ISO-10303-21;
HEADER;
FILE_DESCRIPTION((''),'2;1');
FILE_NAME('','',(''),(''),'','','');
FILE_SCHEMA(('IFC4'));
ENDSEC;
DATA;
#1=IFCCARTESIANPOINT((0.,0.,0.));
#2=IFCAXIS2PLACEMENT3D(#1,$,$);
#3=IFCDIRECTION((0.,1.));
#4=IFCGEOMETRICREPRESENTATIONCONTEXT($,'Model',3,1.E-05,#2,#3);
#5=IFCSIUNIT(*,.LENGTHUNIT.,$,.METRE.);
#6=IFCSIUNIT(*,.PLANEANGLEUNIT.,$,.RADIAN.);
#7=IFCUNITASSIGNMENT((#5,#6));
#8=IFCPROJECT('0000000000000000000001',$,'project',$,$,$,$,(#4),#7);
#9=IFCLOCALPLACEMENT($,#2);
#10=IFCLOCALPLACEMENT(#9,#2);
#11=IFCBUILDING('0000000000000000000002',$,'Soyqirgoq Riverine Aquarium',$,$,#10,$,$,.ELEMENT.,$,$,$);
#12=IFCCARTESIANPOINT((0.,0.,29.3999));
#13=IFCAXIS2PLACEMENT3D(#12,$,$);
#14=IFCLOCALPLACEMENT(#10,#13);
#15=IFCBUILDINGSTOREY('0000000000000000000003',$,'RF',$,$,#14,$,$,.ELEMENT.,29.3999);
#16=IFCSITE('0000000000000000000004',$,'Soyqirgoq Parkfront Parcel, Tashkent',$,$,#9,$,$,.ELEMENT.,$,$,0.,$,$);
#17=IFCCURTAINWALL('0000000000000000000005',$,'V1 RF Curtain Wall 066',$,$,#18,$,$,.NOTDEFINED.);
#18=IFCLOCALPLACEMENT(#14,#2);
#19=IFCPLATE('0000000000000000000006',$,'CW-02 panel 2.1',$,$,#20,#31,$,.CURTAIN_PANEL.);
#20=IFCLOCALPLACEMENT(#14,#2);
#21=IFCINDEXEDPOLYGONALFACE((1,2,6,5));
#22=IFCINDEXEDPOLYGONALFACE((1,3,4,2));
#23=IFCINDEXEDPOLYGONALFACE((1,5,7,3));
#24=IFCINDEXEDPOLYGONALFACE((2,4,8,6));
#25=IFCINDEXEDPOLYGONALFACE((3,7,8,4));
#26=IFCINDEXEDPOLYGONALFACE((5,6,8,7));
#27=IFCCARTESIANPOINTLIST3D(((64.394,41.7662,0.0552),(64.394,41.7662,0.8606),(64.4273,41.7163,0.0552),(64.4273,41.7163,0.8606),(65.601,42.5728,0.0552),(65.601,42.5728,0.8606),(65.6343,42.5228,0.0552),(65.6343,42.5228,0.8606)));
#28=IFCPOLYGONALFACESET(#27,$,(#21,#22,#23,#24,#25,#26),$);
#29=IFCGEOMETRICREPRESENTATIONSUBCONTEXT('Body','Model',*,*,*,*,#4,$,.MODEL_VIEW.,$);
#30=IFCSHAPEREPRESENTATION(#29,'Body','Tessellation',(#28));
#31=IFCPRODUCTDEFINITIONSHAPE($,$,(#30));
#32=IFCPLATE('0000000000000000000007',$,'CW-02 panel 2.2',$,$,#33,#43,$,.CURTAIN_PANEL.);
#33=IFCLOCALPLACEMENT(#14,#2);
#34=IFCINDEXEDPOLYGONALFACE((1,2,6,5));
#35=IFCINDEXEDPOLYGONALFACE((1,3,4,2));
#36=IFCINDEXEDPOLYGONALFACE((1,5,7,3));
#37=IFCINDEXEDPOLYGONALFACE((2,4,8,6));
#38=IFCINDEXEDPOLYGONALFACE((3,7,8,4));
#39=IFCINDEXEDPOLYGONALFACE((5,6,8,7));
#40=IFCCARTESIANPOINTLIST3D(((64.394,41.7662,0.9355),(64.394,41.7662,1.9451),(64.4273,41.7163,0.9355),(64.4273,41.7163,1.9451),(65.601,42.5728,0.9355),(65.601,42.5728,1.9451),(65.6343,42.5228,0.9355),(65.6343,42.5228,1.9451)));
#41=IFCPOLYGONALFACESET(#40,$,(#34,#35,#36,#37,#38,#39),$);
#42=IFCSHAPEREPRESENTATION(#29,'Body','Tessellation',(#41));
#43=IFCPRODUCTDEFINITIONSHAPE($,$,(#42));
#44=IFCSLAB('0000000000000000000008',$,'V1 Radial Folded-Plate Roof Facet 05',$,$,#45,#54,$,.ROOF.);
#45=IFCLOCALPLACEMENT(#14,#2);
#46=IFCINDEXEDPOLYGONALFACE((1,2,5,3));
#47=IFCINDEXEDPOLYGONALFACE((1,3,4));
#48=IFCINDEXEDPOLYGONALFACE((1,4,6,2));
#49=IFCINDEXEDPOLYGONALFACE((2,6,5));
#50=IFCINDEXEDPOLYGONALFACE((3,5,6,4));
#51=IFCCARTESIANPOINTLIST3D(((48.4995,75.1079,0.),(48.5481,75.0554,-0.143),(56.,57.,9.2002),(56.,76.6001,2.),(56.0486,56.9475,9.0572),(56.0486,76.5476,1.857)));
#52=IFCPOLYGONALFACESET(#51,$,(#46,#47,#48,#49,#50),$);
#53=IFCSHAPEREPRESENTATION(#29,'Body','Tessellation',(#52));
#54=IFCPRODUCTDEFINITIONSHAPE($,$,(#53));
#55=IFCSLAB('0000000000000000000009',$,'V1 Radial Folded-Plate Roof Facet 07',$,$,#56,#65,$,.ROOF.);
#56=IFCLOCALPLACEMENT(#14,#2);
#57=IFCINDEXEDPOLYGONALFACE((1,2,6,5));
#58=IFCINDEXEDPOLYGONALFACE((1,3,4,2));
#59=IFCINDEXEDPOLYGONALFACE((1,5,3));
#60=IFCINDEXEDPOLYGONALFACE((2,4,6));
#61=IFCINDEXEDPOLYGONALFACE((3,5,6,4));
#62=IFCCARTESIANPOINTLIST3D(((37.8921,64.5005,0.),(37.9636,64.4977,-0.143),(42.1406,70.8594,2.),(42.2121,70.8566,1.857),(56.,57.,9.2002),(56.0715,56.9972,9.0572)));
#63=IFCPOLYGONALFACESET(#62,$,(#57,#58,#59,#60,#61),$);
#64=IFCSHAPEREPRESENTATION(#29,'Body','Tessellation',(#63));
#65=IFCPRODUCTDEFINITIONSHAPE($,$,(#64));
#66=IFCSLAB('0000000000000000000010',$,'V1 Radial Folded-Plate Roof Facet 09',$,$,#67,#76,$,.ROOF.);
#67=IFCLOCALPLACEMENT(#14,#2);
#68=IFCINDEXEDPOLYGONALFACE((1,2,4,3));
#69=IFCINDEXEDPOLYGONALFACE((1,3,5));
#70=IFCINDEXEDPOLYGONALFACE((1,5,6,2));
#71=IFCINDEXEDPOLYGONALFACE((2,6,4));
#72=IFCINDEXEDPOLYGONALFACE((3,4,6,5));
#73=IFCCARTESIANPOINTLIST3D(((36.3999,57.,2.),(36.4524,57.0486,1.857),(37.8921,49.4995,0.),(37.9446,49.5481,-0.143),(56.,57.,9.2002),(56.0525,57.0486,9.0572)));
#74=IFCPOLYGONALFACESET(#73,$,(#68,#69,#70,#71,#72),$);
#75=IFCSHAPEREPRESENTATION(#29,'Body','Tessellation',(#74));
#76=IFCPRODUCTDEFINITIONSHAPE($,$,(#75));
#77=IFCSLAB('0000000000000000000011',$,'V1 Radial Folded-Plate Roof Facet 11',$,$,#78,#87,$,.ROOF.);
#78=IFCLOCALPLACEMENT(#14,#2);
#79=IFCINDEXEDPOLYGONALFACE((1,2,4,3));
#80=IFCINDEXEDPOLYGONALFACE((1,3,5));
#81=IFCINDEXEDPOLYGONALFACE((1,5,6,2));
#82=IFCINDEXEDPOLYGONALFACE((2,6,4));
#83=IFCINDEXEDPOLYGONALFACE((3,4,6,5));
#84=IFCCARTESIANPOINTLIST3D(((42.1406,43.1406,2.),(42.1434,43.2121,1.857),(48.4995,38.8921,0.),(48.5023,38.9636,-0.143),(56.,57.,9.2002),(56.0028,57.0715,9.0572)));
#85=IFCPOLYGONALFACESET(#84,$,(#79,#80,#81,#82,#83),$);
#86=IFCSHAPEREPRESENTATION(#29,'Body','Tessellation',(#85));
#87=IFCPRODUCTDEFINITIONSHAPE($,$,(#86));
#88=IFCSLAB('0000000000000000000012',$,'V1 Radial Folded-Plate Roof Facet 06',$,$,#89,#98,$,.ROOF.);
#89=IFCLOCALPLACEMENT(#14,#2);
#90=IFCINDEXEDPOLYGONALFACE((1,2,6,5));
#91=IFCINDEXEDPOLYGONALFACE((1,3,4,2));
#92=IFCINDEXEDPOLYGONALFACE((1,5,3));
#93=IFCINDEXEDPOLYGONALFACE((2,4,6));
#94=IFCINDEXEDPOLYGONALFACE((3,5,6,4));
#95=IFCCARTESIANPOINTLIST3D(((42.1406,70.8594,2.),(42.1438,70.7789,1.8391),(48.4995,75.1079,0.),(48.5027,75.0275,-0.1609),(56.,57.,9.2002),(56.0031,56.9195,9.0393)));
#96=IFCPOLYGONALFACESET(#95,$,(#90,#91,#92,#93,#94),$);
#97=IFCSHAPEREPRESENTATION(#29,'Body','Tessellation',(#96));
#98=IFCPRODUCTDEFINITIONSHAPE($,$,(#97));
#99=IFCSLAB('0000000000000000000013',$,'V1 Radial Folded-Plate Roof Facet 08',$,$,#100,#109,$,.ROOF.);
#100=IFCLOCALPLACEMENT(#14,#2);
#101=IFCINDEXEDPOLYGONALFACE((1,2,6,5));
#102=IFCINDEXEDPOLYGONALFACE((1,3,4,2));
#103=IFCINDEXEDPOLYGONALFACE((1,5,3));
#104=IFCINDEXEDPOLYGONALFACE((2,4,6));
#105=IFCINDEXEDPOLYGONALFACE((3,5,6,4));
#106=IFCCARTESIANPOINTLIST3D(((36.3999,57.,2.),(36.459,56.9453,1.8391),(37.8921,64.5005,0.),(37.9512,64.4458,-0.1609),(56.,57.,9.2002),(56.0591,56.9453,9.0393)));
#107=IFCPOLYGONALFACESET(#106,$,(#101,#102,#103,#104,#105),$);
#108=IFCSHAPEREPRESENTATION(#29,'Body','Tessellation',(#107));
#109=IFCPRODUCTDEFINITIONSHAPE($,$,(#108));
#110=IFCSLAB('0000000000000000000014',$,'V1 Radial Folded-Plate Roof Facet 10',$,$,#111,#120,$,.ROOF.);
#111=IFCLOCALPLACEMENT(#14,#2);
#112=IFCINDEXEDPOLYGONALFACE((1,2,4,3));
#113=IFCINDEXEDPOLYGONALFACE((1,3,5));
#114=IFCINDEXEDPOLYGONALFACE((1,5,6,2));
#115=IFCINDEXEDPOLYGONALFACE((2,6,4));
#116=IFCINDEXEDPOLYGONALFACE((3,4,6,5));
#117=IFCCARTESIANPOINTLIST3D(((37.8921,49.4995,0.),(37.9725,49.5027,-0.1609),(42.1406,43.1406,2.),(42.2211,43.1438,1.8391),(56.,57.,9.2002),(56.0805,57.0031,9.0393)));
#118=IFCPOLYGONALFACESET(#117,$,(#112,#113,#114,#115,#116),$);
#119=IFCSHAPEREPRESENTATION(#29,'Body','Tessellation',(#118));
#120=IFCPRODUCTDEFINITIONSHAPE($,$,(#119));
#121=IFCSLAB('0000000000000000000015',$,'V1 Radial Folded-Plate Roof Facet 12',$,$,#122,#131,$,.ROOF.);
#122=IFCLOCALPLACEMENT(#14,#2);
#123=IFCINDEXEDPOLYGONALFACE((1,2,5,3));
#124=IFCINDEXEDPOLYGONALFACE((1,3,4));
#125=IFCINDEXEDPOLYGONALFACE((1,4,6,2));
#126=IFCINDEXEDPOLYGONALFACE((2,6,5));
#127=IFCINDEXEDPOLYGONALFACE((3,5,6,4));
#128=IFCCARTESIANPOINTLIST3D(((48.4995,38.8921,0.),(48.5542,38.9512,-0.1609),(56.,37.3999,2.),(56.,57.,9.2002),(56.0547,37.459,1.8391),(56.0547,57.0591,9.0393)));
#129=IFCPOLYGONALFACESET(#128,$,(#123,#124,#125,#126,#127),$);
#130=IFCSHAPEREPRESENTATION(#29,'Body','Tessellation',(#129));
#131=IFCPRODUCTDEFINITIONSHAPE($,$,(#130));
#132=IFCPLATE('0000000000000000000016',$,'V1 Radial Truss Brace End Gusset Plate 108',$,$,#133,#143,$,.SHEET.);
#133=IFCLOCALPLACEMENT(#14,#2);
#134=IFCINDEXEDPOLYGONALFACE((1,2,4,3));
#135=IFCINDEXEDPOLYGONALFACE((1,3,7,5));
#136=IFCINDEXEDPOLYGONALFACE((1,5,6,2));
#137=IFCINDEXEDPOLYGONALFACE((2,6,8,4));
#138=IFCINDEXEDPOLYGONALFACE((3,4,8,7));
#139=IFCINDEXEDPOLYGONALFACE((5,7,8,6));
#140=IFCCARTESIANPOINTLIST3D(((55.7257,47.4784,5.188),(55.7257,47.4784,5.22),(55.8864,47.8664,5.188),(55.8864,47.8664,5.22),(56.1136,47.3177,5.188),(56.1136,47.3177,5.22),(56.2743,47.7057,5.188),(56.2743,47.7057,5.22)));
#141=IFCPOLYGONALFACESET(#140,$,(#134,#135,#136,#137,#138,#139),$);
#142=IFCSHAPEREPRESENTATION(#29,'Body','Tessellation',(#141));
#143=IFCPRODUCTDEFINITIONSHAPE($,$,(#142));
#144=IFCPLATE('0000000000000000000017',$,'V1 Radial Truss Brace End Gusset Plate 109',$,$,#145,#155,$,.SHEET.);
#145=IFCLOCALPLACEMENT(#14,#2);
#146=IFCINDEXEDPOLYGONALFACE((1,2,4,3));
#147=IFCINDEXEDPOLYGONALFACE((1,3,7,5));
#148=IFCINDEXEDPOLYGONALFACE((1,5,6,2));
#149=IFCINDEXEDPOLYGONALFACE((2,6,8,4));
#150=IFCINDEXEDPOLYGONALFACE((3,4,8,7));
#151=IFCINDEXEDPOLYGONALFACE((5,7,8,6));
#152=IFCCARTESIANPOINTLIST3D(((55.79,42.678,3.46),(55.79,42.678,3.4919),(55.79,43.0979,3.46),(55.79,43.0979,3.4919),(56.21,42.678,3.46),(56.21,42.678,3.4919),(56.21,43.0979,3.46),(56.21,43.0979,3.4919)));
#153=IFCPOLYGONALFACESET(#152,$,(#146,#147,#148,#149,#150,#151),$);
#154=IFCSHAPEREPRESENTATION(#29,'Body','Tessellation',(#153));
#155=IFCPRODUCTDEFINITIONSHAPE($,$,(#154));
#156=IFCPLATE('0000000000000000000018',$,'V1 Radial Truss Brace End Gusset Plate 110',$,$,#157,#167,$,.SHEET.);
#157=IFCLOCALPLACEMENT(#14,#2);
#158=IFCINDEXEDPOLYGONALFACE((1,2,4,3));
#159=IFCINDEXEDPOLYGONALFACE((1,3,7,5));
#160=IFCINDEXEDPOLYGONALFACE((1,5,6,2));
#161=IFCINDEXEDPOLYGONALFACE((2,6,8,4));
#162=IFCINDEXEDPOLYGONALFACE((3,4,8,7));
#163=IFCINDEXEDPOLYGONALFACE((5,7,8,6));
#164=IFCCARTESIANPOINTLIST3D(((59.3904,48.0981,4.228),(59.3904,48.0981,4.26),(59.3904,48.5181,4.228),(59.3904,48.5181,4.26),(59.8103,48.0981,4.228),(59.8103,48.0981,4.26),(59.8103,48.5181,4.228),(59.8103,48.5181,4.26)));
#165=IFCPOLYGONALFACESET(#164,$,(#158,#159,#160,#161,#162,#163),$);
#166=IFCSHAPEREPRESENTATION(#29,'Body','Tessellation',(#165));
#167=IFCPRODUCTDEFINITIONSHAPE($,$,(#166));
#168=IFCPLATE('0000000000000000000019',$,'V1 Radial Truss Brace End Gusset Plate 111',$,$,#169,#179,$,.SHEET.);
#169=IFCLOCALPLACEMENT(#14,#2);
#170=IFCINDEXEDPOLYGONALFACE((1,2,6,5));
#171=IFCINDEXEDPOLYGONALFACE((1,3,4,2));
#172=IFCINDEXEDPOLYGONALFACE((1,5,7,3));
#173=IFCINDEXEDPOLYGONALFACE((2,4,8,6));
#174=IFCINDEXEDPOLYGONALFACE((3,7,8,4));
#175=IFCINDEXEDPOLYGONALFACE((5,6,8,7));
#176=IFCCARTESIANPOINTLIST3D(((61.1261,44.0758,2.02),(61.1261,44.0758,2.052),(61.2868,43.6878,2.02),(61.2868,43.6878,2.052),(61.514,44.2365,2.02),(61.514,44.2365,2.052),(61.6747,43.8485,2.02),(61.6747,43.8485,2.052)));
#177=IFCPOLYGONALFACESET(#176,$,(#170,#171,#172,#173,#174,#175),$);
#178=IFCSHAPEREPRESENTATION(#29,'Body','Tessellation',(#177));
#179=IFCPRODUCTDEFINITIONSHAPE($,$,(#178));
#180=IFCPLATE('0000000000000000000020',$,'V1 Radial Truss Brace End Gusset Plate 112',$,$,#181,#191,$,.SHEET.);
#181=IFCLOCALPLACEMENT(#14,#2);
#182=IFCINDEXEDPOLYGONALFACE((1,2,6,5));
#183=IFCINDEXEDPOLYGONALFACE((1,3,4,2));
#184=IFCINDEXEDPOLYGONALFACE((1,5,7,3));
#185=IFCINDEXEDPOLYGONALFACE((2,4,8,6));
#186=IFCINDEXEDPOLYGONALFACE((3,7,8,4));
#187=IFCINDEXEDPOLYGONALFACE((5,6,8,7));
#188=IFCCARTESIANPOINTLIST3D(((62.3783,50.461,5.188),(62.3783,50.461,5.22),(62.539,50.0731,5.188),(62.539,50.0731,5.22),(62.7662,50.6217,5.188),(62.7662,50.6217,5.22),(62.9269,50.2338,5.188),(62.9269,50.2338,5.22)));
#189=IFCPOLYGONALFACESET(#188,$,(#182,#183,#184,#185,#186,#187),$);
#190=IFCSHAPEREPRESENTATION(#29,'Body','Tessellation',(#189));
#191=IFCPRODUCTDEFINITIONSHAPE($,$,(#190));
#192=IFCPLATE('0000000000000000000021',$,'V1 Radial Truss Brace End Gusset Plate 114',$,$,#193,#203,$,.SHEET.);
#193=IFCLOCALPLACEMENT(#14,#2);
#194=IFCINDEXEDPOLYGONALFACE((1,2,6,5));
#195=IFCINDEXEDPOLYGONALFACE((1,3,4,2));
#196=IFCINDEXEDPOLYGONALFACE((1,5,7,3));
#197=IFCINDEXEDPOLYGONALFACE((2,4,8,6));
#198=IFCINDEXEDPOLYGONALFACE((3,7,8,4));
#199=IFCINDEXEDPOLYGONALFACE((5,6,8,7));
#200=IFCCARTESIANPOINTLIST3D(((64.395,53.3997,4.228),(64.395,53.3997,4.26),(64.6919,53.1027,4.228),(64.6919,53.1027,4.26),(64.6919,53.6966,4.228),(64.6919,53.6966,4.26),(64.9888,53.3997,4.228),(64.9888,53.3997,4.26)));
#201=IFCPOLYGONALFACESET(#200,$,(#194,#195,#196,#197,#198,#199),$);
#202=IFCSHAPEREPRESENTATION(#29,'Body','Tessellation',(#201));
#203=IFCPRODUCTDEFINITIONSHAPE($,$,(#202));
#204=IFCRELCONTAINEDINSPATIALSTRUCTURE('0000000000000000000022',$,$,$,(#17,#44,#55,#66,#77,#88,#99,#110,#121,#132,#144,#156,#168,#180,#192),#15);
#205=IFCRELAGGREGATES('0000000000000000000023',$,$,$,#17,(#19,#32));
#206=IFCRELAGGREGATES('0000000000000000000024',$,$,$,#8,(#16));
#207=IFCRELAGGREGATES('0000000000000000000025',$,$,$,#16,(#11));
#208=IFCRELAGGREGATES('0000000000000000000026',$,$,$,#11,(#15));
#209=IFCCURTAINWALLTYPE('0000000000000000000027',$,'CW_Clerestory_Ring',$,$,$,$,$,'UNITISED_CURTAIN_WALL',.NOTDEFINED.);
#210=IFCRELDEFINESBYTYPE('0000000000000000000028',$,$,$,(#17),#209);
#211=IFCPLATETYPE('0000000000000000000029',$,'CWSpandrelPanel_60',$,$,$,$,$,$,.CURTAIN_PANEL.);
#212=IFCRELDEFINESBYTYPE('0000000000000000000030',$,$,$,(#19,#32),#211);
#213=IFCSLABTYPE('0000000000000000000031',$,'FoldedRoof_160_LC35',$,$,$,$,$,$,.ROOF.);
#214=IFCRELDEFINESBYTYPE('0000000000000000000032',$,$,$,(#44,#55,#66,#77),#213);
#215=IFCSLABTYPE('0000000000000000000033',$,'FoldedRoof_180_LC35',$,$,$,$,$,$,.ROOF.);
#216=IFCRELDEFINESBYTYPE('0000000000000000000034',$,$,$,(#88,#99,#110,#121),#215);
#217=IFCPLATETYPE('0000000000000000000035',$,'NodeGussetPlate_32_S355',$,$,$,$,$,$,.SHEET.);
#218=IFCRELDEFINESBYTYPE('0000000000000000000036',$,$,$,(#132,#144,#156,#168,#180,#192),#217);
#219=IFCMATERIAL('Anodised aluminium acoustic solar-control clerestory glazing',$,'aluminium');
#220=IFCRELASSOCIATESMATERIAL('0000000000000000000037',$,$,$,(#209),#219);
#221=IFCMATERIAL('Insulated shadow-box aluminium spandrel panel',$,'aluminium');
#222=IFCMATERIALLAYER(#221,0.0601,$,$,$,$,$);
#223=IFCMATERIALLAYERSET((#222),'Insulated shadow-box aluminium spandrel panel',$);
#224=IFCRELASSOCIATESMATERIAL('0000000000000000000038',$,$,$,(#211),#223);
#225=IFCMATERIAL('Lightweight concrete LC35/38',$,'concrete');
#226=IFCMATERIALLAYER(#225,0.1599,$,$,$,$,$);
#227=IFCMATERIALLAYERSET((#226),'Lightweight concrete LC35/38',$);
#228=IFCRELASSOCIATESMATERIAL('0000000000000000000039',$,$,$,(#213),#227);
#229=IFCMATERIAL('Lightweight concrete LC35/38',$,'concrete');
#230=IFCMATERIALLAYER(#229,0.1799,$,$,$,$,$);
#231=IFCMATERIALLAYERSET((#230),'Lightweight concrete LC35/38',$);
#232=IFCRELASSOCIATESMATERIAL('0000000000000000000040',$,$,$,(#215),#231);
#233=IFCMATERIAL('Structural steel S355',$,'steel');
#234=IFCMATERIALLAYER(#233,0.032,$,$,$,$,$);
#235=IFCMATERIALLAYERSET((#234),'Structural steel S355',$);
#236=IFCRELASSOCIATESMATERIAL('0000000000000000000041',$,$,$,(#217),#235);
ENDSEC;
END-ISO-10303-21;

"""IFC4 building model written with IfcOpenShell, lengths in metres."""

from ifc_helpers import new_model, si_unit, direction, frame, origin, origin_2d, place, context, subcontext, project, spatial, polyline, rectangle, outline, extrude, material, layer, layer_set, type_object, element, aggregate, save


model = new_model("IFC4")

# Units and contexts
model_context = context("Model", 3, precision=1e-05, world=origin(), true_north=direction((0.0, 1.0)))
body_context = subcontext(model_context, "Body", "Model", "MODEL_VIEW")
ifc_project = project(units=[si_unit("LENGTHUNIT", "METRE"), si_unit("PLANEANGLEUNIT", "RADIAN")], contexts=[model_context])

# Site, building, storey
site_placement = place(None, origin())
site = spatial("IfcSite", under=ifc_project, at=site_placement, Name="Soyqirgoq Parkfront Parcel, Tashkent", CompositionType="ELEMENT", RefElevation=0.0)
building_placement = place(site_placement, origin())
building = spatial("IfcBuilding", under=site, at=building_placement, Name="Soyqirgoq Riverine Aquarium", CompositionType="ELEMENT")
storey_placement = place(building_placement, frame((0.0, 0.0, 29.3999)))
storey = spatial("IfcBuildingStorey", under=building, at=storey_placement, Name="RF", CompositionType="ELEMENT", Elevation=29.3999)

# Curtain wall
ifc_material_1 = material(Name="Anodised aluminium acoustic solar-control clerestory glazing", Category="aluminium")
curtain_wall_type = type_object("IfcCurtainWallType", Name="CW_Clerestory_Ring", ElementType="UNITISED_CURTAIN_WALL", PredefinedType="NOTDEFINED", material=ifc_material_1)
curtain_wall_placement = place(storey_placement, origin())
curtain_wall = element("IfcCurtainWall", 1, at=curtain_wall_placement, inside=storey, type_object=curtain_wall_type, Name="V1 RF Curtain Wall 066", PredefinedType="NOTDEFINED")

# Plates
ifc_material_2 = material(Name="Insulated shadow-box aluminium spandrel panel", Category="aluminium")
ifc_layer_1 = layer(ifc_material_2, 0.0601)
ifc_layer_set_1 = layer_set([ifc_layer_1], Name="Insulated shadow-box aluminium spandrel panel")
plate_type_1 = type_object("IfcPlateType", Name="CWSpandrelPanel_60", PredefinedType="CURTAIN_PANEL", material=ifc_layer_set_1)
plate_1_placement = place(storey_placement, frame((65.0142, 42.1445, 0.0552), z_axis=(0.0, 0.0, 1.0), x_axis=(0.831464, 0.555579, 0.0)))
plate_1 = element("IfcPlate", 2, at=plate_1_placement, type_object=plate_type_1, Name="CW-02 panel 2.1", PredefinedType="CURTAIN_PANEL", context=body_context, shape_type="SweptSolid", body=[
    extrude(rectangle(XDim=1.4517, YDim=0.0601, at=origin_2d()), origin(), (0.0, 0.0, 1.0), 0.8054),
])
plate_2_placement = place(storey_placement, frame((65.0142, 42.1445, 0.9355), z_axis=(0.0, 0.0, 1.0), x_axis=(0.831464, 0.555579, 0.0)))
plate_2 = element("IfcPlate", 3, at=plate_2_placement, type_object=plate_type_1, Name="CW-02 panel 2.2", PredefinedType="CURTAIN_PANEL", context=body_context, shape_type="SweptSolid", body=[
    extrude(rectangle(XDim=1.4517, YDim=0.0601, at=origin_2d()), origin(), (0.0, 0.0, 1.0), 1.0095),
])
aggregate(curtain_wall, [plate_1, plate_2])

# Slabs
ifc_material_3 = material(Name="Lightweight concrete LC35/38", Category="concrete")
ifc_layer_2 = layer(ifc_material_3, 0.1599)
ifc_layer_set_2 = layer_set([ifc_layer_2], Name="Lightweight concrete LC35/38")
slab_type_1 = type_object("IfcSlabType", Name="FoldedRoof_160_LC35", PredefinedType="ROOF", material=ifc_layer_set_2)
slab_1_placement = place(storey_placement, frame((56.0, 57.0, 9.2002), z_axis=(-0.303822, 0.328524, 0.894295), x_axis=(0.0, 0.938667, -0.344824)))
element("IfcSlab", 4, at=slab_1_placement, inside=storey, type_object=slab_type_1, Name="V1 Radial Folded-Plate Roof Facet 05", PredefinedType="ROOF", context=body_context, shape_type="SweptSolid", body=[
    extrude(outline(polyline([(0.0, 0.0), (20.8808, 0.0), (20.1698, 7.8726), (0.0, 0.0)])), origin(), (0.0, 0.0, -1.0), 0.1599),
])
slab_2_placement = place(storey_placement, frame((56.0, 57.0, 9.2002), z_axis=(-0.447135, 0.017468, 0.894296), x_axis=(-0.663738, 0.663738, -0.344824)))
element("IfcSlab", 5, at=slab_2_placement, inside=storey, type_object=slab_type_1, Name="V1 Radial Folded-Plate Roof Facet 07", PredefinedType="ROOF", context=body_context, shape_type="SweptSolid", body=[
    extrude(outline(polyline([(0.0, 0.0), (20.8808, 0.0), (20.1697, 7.8727), (0.0, 0.0)])), origin(), (0.0, 0.0, -1.0), 0.1599),
])
slab_3_placement = place(storey_placement, frame((56.0, 57.0, 9.2002), z_axis=(-0.328524, -0.303822, 0.894295), x_axis=(-0.938667, 0.0, -0.344824)))
element("IfcSlab", 6, at=slab_3_placement, inside=storey, type_object=slab_type_1, Name="V1 Radial Folded-Plate Roof Facet 09", PredefinedType="ROOF", context=body_context, shape_type="SweptSolid", body=[
    extrude(outline(polyline([(0.0, 0.0), (20.8808, 0.0), (20.1698, 7.8726), (0.0, 0.0)])), origin(), (0.0, 0.0, -1.0), 0.1599),
])
slab_4_placement = place(storey_placement, frame((56.0, 57.0, 9.2002), z_axis=(-0.017468, -0.447135, 0.894296), x_axis=(-0.663738, -0.663738, -0.344824)))
element("IfcSlab", 7, at=slab_4_placement, inside=storey, type_object=slab_type_1, Name="V1 Radial Folded-Plate Roof Facet 11", PredefinedType="ROOF", context=body_context, shape_type="SweptSolid", body=[
    extrude(outline(polyline([(0.0, 0.0), (20.8808, 0.0), (20.1697, 7.8727), (0.0, 0.0)])), origin(), (0.0, 0.0, -1.0), 0.1599),
])
ifc_material_4 = material(Name="Lightweight concrete LC35/38", Category="concrete")
ifc_layer_3 = layer(ifc_material_4, 0.1799)
ifc_layer_set_3 = layer_set([ifc_layer_3], Name="Lightweight concrete LC35/38")
slab_type_2 = type_object("IfcSlabType", Name="FoldedRoof_180_LC35", PredefinedType="ROOF", material=ifc_layer_set_3)
slab_5_placement = place(storey_placement, frame((56.0, 57.0, 9.2002), z_axis=(-0.017468, 0.447135, 0.894296), x_axis=(-0.346415, 0.836326, -0.424917)))
element("IfcSlab", 8, at=slab_5_placement, inside=storey, type_object=slab_type_2, Name="V1 Radial Folded-Plate Roof Facet 06", PredefinedType="ROOF", context=body_context, shape_type="SweptSolid", body=[
    extrude(outline(polyline([(0.0, 0.0), (21.6517, 0.0), (19.4515, 7.5924), (0.0, 0.0)])), origin(), (0.0, 0.0, -1.0), 0.1799),
])
slab_6_placement = place(storey_placement, frame((56.0, 57.0, 9.2002), z_axis=(-0.328524, 0.303822, 0.894295), x_axis=(-0.836326, 0.346415, -0.424917)))
element("IfcSlab", 9, at=slab_6_placement, inside=storey, type_object=slab_type_2, Name="V1 Radial Folded-Plate Roof Facet 08", PredefinedType="ROOF", context=body_context, shape_type="SweptSolid", body=[
    extrude(outline(polyline([(0.0, 0.0), (21.6517, 0.0), (19.4516, 7.5923), (0.0, 0.0)])), origin(), (0.0, 0.0, -1.0), 0.1799),
])
slab_7_placement = place(storey_placement, frame((56.0, 57.0, 9.2002), z_axis=(-0.447135, -0.017468, 0.894296), x_axis=(-0.836326, -0.346415, -0.424917)))
element("IfcSlab", 10, at=slab_7_placement, inside=storey, type_object=slab_type_2, Name="V1 Radial Folded-Plate Roof Facet 10", PredefinedType="ROOF", context=body_context, shape_type="SweptSolid", body=[
    extrude(outline(polyline([(0.0, 0.0), (21.6517, 0.0), (19.4515, 7.5924), (0.0, 0.0)])), origin(), (0.0, 0.0, -1.0), 0.1799),
])
slab_8_placement = place(storey_placement, frame((56.0, 57.0, 9.2002), z_axis=(-0.303822, -0.328524, 0.894295), x_axis=(-0.346415, -0.836326, -0.424917)))
element("IfcSlab", 11, at=slab_8_placement, inside=storey, type_object=slab_type_2, Name="V1 Radial Folded-Plate Roof Facet 12", PredefinedType="ROOF", context=body_context, shape_type="SweptSolid", body=[
    extrude(outline(polyline([(0.0, 0.0), (21.6517, 0.0), (19.4516, 7.5923), (0.0, 0.0)])), origin(), (0.0, 0.0, -1.0), 0.1799),
])

# Plates
ifc_material_5 = material(Name="Structural steel S355", Category="steel")
ifc_layer_4 = layer(ifc_material_5, 0.032)
ifc_layer_set_4 = layer_set([ifc_layer_4], Name="Structural steel S355")
plate_type_2 = type_object("IfcPlateType", Name="NodeGussetPlate_32_S355", PredefinedType="SHEET", material=ifc_layer_set_4)
for number, where, z_axis, x_axis, name in (
    (12, (56.0, 47.592, 5.188), (0.0, 0.0, 1.0), (-0.382683, -0.92388, 0.0), "V1 Radial Truss Brace End Gusset Plate 108"),
    (13, (56.0, 42.8879, 3.46), (0.0, 0.0, 1.0), (0.0, -1.0, 0.0), "V1 Radial Truss Brace End Gusset Plate 109"),
    (14, (59.6003, 48.3081, 4.228), (0.0, 0.0, 1.0), (0.0, -1.0, 0.0), "V1 Radial Truss Brace End Gusset Plate 110"),
    (15, (61.4004, 43.9622, 2.02), (0.0, 0.0, 1.0), (0.382683, -0.92388, 0.0), "V1 Radial Truss Brace End Gusset Plate 111"),
    (16, (62.6526, 50.3474, 5.188), (0.0, 0.0, 1.0), (0.382683, -0.92388, 0.0), "V1 Radial Truss Brace End Gusset Plate 112"),
    (17, (64.6919, 53.3997, 4.228), (0.0, 0.0, 1.0), (0.707107, -0.707107, 0.0), "V1 Radial Truss Brace End Gusset Plate 114"),
):
    element("IfcPlate", number, at=place(storey_placement, frame(where, z_axis=z_axis, x_axis=x_axis)), inside=storey, type_object=plate_type_2, Name=name, PredefinedType="SHEET", context=body_context, shape_type="SweptSolid", body=[
        extrude(rectangle(XDim=0.4199, YDim=0.4199, at=origin_2d()), origin(), (0.0, 0.0, 1.0), 0.032),
    ])

save(model, "model.ifc")
